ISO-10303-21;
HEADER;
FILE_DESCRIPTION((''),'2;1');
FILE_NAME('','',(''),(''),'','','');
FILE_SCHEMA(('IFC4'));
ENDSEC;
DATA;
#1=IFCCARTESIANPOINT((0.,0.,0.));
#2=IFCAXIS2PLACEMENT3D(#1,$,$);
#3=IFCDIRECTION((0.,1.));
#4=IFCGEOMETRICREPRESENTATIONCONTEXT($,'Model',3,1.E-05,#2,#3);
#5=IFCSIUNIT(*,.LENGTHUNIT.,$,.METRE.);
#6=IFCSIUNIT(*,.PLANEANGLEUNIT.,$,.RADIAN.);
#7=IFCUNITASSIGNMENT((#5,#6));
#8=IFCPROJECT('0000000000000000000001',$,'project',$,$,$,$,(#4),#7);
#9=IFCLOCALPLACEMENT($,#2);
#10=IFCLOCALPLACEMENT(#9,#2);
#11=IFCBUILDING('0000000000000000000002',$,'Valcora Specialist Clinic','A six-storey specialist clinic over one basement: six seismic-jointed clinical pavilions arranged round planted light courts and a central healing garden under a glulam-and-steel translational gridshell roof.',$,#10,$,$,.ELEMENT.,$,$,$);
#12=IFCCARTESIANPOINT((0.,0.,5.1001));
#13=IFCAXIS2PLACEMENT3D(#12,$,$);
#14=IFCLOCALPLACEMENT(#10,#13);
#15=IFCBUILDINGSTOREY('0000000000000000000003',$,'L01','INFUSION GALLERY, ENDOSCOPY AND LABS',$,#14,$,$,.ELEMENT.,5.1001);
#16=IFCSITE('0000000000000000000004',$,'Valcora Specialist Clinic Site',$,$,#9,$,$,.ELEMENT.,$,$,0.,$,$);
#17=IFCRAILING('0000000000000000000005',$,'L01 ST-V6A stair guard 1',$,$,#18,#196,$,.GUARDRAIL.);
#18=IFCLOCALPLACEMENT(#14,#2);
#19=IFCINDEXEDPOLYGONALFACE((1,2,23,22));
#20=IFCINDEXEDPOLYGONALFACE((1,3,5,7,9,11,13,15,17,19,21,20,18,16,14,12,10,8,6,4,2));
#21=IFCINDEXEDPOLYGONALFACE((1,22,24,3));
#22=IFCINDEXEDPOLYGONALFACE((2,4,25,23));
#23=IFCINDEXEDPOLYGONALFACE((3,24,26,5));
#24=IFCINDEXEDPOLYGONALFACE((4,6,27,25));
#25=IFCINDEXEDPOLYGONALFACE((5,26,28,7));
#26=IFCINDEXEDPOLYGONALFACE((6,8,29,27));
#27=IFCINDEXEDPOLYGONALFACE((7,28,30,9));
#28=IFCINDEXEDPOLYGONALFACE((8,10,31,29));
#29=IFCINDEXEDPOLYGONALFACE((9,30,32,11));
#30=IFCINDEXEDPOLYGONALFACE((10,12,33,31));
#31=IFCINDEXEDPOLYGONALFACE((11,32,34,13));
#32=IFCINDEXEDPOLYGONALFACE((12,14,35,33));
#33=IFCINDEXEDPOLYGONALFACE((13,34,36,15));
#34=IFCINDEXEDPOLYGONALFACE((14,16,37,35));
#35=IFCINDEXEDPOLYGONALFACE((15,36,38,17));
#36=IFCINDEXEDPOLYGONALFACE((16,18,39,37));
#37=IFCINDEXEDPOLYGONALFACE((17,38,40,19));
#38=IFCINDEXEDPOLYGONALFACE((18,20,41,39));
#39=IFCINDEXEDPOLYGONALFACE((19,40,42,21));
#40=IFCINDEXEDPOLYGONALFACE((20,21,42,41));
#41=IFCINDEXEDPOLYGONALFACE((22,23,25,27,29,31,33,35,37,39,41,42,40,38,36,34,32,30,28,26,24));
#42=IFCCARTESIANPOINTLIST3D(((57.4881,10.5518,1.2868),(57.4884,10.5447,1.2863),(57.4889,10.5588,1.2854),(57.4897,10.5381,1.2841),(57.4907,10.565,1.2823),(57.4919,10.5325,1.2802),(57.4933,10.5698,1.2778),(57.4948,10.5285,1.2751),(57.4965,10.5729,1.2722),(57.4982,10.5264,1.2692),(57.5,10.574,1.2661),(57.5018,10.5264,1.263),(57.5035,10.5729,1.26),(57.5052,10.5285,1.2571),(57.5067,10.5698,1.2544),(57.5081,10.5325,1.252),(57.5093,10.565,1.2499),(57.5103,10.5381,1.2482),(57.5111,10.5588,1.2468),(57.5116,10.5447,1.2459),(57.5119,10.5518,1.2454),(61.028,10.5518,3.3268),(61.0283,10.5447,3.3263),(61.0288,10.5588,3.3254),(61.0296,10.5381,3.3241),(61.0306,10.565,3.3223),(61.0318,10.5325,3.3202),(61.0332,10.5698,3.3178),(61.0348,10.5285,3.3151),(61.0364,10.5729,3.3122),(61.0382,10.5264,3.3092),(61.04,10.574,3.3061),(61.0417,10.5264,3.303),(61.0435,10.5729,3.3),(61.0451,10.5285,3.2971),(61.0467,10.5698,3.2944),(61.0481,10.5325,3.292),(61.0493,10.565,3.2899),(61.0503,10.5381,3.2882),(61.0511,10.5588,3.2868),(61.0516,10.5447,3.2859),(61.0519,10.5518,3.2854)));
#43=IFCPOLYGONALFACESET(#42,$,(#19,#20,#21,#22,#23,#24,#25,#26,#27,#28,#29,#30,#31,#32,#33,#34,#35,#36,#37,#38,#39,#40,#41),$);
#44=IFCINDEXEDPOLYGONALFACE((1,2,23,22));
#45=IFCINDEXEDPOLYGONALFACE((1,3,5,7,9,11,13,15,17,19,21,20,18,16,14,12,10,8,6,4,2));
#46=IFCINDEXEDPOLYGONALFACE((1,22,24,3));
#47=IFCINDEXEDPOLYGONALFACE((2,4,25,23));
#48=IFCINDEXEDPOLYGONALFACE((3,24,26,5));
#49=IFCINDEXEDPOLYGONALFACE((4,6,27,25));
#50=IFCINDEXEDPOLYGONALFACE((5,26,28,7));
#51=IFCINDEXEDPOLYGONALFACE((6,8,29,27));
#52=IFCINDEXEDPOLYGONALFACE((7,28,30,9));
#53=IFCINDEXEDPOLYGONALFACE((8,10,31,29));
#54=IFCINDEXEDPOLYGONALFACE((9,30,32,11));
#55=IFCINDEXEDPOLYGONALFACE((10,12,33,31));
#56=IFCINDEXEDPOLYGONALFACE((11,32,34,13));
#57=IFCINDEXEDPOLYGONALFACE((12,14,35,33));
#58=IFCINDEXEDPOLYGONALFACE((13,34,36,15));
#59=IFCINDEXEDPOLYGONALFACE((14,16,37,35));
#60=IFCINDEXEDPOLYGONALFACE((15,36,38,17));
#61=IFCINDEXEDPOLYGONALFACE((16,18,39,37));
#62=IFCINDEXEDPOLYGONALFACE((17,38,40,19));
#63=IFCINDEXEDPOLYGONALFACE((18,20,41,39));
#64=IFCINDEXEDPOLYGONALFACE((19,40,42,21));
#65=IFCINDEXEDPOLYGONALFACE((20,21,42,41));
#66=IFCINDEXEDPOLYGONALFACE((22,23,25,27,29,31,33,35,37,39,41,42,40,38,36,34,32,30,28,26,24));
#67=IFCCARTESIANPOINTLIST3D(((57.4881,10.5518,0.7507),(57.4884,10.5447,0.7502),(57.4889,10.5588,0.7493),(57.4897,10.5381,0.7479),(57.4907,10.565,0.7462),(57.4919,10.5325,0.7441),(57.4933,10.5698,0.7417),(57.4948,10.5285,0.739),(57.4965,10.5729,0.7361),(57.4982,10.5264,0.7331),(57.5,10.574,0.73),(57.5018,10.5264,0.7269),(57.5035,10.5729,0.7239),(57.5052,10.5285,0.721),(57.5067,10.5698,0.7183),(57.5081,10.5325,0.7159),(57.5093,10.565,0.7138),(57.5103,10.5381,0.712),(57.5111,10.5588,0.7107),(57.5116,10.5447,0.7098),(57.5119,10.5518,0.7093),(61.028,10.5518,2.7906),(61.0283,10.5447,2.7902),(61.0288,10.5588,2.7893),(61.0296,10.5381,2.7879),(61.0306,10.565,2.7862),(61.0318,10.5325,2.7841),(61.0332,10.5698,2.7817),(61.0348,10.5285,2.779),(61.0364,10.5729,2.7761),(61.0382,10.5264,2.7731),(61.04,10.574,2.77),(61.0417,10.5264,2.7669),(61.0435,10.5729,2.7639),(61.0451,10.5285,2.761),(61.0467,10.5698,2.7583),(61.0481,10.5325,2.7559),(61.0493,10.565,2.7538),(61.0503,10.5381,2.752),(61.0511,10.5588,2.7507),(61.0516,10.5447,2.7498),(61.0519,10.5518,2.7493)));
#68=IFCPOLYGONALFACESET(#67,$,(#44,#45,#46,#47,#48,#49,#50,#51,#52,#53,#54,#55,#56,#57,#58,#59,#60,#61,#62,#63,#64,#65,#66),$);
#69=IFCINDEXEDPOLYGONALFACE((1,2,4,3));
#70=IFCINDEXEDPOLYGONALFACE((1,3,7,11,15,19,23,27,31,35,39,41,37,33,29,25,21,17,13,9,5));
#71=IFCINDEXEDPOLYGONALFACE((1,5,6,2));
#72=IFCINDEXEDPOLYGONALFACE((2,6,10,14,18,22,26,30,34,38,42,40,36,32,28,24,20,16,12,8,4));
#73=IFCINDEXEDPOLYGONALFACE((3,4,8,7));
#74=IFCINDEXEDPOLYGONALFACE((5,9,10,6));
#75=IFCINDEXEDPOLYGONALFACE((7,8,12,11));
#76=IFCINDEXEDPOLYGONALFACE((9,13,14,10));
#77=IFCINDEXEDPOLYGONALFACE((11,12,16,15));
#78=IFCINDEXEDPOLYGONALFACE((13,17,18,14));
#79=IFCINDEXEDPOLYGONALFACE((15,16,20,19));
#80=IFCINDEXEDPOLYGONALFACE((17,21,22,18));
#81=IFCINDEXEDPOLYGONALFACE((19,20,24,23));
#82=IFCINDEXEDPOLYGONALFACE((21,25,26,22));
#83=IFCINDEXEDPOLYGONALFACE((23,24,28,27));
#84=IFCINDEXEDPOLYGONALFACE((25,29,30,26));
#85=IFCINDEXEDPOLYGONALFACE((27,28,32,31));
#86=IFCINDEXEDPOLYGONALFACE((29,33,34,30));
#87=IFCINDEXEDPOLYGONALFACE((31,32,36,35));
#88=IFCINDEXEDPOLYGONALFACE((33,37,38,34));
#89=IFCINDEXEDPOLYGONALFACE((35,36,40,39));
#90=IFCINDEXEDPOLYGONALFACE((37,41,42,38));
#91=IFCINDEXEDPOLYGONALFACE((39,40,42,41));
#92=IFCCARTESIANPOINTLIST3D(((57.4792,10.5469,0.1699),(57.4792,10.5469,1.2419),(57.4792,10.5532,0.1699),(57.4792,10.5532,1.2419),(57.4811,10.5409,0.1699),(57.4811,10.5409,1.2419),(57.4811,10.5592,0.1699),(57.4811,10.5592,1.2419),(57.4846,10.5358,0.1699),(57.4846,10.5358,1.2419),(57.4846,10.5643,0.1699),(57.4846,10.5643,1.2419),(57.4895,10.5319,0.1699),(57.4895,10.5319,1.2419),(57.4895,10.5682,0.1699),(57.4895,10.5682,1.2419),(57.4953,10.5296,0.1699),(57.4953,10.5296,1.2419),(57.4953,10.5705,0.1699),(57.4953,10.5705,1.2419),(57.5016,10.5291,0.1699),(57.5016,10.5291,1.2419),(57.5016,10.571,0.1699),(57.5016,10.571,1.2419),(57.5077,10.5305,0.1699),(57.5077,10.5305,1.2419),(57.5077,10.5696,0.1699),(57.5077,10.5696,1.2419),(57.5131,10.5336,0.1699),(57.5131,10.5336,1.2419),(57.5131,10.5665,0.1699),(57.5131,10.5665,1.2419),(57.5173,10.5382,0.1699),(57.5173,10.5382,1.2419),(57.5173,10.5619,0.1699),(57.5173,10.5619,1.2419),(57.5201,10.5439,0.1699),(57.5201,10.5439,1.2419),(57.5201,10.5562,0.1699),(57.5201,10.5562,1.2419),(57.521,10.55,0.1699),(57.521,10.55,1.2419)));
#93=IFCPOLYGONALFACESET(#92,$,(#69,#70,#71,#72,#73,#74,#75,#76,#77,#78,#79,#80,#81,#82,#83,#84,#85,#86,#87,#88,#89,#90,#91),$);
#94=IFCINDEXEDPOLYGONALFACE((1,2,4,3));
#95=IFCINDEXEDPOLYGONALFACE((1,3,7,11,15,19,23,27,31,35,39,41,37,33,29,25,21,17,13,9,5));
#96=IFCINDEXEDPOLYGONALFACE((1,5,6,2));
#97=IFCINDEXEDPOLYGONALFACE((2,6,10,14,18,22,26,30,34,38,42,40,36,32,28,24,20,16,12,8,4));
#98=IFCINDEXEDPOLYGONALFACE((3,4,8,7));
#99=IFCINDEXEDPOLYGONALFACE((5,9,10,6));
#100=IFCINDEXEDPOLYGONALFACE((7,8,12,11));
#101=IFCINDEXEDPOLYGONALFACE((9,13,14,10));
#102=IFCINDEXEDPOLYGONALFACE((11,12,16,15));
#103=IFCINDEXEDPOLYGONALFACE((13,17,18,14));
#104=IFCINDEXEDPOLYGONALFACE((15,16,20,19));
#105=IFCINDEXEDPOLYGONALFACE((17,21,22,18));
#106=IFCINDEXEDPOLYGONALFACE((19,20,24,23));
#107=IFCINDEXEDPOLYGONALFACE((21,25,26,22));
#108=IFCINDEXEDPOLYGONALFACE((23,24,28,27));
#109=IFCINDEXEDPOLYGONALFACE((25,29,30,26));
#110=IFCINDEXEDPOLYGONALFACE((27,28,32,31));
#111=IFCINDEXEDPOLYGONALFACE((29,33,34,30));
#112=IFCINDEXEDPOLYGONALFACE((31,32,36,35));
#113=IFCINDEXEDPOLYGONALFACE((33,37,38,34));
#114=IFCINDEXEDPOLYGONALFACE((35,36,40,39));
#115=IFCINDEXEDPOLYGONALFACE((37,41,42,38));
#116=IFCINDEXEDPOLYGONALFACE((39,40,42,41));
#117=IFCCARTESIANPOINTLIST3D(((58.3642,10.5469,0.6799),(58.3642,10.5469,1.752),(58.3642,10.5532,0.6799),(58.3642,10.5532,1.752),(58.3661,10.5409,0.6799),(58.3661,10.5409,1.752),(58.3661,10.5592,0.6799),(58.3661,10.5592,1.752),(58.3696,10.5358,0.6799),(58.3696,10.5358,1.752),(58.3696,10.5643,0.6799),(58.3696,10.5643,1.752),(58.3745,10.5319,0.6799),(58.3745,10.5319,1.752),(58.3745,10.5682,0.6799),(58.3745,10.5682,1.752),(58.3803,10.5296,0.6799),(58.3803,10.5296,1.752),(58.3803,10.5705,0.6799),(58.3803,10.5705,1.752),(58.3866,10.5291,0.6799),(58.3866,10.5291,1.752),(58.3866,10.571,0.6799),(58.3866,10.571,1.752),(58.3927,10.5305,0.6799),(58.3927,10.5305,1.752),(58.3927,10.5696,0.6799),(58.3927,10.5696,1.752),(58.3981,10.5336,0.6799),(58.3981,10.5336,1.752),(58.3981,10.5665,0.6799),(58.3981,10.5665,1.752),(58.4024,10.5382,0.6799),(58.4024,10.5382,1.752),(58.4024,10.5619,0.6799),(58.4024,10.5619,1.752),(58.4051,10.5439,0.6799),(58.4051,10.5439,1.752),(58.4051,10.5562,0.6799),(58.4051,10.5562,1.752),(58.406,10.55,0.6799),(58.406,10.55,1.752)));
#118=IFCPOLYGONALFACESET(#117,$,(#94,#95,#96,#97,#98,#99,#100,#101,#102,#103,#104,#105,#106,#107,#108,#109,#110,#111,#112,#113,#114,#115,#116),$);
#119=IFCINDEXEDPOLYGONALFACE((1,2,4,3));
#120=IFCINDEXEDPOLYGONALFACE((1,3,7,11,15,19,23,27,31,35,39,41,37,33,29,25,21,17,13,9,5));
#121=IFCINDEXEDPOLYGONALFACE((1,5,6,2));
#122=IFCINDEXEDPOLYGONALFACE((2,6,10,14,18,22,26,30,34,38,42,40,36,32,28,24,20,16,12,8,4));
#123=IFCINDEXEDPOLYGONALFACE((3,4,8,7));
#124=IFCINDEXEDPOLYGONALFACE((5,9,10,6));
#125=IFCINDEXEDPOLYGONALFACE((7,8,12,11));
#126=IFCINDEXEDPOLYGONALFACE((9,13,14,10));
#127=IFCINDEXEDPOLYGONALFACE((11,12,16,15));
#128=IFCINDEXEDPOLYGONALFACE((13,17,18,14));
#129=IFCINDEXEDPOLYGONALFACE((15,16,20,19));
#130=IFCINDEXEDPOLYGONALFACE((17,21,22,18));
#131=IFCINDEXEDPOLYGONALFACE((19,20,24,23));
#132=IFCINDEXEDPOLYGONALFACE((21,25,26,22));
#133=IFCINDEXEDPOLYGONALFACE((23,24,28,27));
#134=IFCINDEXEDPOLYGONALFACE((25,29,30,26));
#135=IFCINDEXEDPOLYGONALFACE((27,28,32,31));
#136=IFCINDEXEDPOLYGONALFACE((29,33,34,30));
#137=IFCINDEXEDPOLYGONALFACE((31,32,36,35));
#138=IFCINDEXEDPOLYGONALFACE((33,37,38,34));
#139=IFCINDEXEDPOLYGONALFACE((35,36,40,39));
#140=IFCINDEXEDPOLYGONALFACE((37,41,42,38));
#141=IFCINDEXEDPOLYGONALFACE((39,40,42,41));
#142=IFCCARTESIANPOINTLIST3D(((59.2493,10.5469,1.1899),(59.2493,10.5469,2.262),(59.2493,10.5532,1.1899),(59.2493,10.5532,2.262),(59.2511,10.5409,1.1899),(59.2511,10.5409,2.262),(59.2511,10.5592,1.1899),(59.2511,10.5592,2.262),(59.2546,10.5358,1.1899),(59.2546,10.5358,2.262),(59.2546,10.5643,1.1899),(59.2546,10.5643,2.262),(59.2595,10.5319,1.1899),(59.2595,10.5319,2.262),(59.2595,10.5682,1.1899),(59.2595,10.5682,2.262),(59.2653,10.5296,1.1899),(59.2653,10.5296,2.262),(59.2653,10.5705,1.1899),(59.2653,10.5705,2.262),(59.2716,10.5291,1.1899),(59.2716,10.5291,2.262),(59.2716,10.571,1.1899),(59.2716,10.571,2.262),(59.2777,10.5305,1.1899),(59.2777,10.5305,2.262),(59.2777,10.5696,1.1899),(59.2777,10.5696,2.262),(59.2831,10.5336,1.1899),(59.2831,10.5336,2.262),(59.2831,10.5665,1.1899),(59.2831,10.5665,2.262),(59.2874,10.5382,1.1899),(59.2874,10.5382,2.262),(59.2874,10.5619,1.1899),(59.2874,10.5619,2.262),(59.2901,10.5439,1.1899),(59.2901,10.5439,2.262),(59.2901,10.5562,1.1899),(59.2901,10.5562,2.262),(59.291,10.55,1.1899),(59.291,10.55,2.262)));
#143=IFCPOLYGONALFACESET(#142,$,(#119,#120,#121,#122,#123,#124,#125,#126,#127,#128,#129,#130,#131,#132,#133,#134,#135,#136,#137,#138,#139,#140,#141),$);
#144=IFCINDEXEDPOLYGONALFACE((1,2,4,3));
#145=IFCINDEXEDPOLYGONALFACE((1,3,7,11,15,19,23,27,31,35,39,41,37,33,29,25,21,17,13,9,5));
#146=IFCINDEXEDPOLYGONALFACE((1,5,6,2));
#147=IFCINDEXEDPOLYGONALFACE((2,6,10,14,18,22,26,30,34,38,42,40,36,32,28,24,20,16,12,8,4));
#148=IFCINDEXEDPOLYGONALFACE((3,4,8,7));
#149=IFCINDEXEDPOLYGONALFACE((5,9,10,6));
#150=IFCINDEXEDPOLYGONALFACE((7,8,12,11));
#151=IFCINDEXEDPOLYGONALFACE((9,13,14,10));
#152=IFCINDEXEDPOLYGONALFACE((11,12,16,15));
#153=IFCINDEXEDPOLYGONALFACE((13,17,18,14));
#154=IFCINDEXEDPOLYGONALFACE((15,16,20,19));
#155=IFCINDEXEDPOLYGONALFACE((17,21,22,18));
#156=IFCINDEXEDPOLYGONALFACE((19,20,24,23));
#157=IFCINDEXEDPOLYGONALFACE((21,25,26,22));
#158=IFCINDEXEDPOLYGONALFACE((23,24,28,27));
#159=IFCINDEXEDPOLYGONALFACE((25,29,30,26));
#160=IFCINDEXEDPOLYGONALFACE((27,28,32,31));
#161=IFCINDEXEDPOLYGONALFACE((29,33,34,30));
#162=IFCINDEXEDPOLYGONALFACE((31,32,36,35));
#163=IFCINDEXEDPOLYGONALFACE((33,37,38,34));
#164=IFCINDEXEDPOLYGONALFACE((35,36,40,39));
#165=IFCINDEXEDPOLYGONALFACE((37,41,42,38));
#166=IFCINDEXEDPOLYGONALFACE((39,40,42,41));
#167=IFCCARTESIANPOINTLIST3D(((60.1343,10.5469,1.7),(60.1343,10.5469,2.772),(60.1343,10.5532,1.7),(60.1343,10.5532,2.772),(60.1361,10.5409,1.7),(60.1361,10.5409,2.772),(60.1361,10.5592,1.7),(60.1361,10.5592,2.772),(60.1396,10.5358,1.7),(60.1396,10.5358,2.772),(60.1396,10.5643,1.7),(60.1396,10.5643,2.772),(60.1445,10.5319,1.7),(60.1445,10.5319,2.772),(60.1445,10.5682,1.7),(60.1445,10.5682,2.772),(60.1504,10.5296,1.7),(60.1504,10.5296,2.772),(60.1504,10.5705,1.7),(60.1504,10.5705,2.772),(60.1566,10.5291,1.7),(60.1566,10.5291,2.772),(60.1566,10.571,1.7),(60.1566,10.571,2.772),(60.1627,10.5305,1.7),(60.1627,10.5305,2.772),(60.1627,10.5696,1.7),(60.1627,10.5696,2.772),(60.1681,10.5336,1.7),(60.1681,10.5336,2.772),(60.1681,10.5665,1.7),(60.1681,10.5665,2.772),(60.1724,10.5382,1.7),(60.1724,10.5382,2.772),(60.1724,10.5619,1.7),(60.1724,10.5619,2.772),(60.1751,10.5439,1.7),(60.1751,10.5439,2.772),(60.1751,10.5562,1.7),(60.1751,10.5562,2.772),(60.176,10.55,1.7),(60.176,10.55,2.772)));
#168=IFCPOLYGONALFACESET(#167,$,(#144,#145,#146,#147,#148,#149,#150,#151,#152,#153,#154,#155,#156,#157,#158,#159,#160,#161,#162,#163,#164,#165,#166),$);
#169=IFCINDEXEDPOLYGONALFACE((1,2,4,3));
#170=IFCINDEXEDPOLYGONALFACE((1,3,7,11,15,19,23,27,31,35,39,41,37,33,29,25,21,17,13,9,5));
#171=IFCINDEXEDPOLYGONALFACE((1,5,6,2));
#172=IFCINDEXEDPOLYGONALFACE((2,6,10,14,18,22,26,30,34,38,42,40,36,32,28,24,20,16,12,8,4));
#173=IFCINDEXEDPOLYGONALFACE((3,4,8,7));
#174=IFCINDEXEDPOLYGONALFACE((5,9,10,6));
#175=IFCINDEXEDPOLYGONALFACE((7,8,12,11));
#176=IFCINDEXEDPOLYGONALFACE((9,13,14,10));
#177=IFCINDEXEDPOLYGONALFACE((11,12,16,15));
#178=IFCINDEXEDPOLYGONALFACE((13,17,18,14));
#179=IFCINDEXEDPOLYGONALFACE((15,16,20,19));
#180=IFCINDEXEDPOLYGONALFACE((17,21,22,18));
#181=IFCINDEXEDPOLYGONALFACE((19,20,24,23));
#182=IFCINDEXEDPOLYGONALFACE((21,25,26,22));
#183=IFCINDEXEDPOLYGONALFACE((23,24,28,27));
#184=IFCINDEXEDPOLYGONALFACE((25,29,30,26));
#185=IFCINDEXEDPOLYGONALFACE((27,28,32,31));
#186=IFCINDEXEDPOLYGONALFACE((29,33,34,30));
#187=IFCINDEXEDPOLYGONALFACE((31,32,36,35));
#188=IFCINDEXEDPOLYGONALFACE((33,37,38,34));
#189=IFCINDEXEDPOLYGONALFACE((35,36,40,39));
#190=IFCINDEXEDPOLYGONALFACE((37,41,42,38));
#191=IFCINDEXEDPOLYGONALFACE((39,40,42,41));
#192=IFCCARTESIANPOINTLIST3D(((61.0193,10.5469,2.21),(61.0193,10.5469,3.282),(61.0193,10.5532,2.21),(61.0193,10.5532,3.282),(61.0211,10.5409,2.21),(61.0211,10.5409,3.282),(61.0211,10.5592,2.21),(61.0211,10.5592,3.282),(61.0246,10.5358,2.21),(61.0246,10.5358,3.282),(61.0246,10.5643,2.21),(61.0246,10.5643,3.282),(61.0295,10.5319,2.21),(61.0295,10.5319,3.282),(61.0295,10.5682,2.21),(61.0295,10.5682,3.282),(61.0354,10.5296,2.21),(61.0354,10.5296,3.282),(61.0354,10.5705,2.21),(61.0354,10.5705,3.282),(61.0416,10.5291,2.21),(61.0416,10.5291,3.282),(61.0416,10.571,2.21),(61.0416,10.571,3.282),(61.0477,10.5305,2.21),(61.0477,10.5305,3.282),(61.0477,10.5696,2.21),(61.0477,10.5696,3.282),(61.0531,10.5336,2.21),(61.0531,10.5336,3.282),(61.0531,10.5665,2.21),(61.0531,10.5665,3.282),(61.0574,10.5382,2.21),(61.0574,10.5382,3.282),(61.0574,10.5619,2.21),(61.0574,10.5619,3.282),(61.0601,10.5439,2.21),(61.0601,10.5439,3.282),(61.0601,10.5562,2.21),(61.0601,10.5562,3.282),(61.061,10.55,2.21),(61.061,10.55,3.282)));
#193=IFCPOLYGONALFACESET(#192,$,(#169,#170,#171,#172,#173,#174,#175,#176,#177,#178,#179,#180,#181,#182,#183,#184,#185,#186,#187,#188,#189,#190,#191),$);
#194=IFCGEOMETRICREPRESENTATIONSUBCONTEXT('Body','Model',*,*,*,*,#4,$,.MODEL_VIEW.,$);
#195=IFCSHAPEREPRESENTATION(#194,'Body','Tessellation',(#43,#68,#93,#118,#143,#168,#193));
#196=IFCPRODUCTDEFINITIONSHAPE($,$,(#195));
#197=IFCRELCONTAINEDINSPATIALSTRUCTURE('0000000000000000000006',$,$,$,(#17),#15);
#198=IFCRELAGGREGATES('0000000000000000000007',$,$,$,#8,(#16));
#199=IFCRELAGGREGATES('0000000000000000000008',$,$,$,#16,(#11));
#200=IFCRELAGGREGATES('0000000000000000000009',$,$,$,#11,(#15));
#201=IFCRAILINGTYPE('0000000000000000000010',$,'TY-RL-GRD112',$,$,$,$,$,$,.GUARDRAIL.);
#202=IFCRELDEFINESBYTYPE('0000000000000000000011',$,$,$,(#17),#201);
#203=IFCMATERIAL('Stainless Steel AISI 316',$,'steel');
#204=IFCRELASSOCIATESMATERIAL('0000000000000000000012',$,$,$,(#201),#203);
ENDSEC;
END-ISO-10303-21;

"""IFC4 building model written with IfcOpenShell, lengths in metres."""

from ifc_helpers import new_model, si_unit, direction, frame, origin, origin_2d, place, context, subcontext, project, spatial, circle, extrude, material, type_object, element, save


model = new_model("IFC4")

# Units and contexts
model_context = context("Model", 3, precision=1e-05, world=origin(), true_north=direction((0.0, 1.0)))
body_context = subcontext(model_context, "Body", "Model", "MODEL_VIEW")
ifc_project = project(units=[si_unit("LENGTHUNIT", "METRE"), si_unit("PLANEANGLEUNIT", "RADIAN")], contexts=[model_context])

# Site, building, storey
site_placement = place(None, origin())
site = spatial("IfcSite", under=ifc_project, at=site_placement, Name="Valcora Specialist Clinic Site", CompositionType="ELEMENT", RefElevation=0.0)
building_placement = place(site_placement, origin())
building = spatial("IfcBuilding", under=site, at=building_placement, Name="Valcora Specialist Clinic", Description="A six-storey specialist clinic over one basement: six seismic-jointed clinical pavilions arranged round planted light courts and a central healing garden under a glulam-and-steel translational gridshell roof.", CompositionType="ELEMENT")
storey_placement = place(building_placement, frame((0.0, 0.0, 5.1001)))
storey = spatial("IfcBuildingStorey", under=building, at=storey_placement, Name="L01", Description="INFUSION GALLERY, ENDOSCOPY AND LABS", CompositionType="ELEMENT", Elevation=5.1001)

# Railing
ifc_material_1 = material(Name="Stainless Steel AISI 316", Category="steel")
railing_type_1 = type_object("IfcRailingType", Name="TY-RL-GRD112", PredefinedType="GUARDRAIL", material=ifc_material_1)
railing_1_placement = place(storey_placement, frame((57.5, 10.55, 0.1699)))
element("IfcRailing", 1, at=railing_1_placement, inside=storey, type_object=railing_type_1, Name="L01 ST-V6A stair guard 1", PredefinedType="GUARDRAIL", context=body_context, shape_type="SweptSolid", body=[
    extrude(circle(Radius=0.0239, at=origin_2d()), frame((0.0, 0.0, 1.0962), z_axis=(0.866428, 0.0, 0.499302), x_axis=(0.0, 1.0, 0.0)), (0.0, 0.0, 1.0), 4.0857),
    extrude(circle(Radius=0.0239, at=origin_2d()), frame((0.0, 0.0, 0.5601), z_axis=(0.866428, 0.0, 0.499302), x_axis=(0.0, 1.0, 0.0)), (0.0, 0.0, 1.0), 4.0857),
    extrude(circle(Radius=0.021, at=origin_2d()), origin(), (0.0, 0.0, 1.0), 1.072),
    extrude(circle(Radius=0.021, at=origin_2d()), frame((0.885, 0.0, 0.51)), (0.0, 0.0, 1.0), 1.072),
    extrude(circle(Radius=0.021, at=origin_2d()), frame((1.77, 0.0, 1.02)), (0.0, 0.0, 1.0), 1.072),
    extrude(circle(Radius=0.021, at=origin_2d()), frame((2.655, 0.0, 1.53)), (0.0, 0.0, 1.0), 1.072),
    extrude(circle(Radius=0.021, at=origin_2d()), frame((3.54, 0.0, 2.04)), (0.0, 0.0, 1.0), 1.072),
])

save(model, "model.ifc")
